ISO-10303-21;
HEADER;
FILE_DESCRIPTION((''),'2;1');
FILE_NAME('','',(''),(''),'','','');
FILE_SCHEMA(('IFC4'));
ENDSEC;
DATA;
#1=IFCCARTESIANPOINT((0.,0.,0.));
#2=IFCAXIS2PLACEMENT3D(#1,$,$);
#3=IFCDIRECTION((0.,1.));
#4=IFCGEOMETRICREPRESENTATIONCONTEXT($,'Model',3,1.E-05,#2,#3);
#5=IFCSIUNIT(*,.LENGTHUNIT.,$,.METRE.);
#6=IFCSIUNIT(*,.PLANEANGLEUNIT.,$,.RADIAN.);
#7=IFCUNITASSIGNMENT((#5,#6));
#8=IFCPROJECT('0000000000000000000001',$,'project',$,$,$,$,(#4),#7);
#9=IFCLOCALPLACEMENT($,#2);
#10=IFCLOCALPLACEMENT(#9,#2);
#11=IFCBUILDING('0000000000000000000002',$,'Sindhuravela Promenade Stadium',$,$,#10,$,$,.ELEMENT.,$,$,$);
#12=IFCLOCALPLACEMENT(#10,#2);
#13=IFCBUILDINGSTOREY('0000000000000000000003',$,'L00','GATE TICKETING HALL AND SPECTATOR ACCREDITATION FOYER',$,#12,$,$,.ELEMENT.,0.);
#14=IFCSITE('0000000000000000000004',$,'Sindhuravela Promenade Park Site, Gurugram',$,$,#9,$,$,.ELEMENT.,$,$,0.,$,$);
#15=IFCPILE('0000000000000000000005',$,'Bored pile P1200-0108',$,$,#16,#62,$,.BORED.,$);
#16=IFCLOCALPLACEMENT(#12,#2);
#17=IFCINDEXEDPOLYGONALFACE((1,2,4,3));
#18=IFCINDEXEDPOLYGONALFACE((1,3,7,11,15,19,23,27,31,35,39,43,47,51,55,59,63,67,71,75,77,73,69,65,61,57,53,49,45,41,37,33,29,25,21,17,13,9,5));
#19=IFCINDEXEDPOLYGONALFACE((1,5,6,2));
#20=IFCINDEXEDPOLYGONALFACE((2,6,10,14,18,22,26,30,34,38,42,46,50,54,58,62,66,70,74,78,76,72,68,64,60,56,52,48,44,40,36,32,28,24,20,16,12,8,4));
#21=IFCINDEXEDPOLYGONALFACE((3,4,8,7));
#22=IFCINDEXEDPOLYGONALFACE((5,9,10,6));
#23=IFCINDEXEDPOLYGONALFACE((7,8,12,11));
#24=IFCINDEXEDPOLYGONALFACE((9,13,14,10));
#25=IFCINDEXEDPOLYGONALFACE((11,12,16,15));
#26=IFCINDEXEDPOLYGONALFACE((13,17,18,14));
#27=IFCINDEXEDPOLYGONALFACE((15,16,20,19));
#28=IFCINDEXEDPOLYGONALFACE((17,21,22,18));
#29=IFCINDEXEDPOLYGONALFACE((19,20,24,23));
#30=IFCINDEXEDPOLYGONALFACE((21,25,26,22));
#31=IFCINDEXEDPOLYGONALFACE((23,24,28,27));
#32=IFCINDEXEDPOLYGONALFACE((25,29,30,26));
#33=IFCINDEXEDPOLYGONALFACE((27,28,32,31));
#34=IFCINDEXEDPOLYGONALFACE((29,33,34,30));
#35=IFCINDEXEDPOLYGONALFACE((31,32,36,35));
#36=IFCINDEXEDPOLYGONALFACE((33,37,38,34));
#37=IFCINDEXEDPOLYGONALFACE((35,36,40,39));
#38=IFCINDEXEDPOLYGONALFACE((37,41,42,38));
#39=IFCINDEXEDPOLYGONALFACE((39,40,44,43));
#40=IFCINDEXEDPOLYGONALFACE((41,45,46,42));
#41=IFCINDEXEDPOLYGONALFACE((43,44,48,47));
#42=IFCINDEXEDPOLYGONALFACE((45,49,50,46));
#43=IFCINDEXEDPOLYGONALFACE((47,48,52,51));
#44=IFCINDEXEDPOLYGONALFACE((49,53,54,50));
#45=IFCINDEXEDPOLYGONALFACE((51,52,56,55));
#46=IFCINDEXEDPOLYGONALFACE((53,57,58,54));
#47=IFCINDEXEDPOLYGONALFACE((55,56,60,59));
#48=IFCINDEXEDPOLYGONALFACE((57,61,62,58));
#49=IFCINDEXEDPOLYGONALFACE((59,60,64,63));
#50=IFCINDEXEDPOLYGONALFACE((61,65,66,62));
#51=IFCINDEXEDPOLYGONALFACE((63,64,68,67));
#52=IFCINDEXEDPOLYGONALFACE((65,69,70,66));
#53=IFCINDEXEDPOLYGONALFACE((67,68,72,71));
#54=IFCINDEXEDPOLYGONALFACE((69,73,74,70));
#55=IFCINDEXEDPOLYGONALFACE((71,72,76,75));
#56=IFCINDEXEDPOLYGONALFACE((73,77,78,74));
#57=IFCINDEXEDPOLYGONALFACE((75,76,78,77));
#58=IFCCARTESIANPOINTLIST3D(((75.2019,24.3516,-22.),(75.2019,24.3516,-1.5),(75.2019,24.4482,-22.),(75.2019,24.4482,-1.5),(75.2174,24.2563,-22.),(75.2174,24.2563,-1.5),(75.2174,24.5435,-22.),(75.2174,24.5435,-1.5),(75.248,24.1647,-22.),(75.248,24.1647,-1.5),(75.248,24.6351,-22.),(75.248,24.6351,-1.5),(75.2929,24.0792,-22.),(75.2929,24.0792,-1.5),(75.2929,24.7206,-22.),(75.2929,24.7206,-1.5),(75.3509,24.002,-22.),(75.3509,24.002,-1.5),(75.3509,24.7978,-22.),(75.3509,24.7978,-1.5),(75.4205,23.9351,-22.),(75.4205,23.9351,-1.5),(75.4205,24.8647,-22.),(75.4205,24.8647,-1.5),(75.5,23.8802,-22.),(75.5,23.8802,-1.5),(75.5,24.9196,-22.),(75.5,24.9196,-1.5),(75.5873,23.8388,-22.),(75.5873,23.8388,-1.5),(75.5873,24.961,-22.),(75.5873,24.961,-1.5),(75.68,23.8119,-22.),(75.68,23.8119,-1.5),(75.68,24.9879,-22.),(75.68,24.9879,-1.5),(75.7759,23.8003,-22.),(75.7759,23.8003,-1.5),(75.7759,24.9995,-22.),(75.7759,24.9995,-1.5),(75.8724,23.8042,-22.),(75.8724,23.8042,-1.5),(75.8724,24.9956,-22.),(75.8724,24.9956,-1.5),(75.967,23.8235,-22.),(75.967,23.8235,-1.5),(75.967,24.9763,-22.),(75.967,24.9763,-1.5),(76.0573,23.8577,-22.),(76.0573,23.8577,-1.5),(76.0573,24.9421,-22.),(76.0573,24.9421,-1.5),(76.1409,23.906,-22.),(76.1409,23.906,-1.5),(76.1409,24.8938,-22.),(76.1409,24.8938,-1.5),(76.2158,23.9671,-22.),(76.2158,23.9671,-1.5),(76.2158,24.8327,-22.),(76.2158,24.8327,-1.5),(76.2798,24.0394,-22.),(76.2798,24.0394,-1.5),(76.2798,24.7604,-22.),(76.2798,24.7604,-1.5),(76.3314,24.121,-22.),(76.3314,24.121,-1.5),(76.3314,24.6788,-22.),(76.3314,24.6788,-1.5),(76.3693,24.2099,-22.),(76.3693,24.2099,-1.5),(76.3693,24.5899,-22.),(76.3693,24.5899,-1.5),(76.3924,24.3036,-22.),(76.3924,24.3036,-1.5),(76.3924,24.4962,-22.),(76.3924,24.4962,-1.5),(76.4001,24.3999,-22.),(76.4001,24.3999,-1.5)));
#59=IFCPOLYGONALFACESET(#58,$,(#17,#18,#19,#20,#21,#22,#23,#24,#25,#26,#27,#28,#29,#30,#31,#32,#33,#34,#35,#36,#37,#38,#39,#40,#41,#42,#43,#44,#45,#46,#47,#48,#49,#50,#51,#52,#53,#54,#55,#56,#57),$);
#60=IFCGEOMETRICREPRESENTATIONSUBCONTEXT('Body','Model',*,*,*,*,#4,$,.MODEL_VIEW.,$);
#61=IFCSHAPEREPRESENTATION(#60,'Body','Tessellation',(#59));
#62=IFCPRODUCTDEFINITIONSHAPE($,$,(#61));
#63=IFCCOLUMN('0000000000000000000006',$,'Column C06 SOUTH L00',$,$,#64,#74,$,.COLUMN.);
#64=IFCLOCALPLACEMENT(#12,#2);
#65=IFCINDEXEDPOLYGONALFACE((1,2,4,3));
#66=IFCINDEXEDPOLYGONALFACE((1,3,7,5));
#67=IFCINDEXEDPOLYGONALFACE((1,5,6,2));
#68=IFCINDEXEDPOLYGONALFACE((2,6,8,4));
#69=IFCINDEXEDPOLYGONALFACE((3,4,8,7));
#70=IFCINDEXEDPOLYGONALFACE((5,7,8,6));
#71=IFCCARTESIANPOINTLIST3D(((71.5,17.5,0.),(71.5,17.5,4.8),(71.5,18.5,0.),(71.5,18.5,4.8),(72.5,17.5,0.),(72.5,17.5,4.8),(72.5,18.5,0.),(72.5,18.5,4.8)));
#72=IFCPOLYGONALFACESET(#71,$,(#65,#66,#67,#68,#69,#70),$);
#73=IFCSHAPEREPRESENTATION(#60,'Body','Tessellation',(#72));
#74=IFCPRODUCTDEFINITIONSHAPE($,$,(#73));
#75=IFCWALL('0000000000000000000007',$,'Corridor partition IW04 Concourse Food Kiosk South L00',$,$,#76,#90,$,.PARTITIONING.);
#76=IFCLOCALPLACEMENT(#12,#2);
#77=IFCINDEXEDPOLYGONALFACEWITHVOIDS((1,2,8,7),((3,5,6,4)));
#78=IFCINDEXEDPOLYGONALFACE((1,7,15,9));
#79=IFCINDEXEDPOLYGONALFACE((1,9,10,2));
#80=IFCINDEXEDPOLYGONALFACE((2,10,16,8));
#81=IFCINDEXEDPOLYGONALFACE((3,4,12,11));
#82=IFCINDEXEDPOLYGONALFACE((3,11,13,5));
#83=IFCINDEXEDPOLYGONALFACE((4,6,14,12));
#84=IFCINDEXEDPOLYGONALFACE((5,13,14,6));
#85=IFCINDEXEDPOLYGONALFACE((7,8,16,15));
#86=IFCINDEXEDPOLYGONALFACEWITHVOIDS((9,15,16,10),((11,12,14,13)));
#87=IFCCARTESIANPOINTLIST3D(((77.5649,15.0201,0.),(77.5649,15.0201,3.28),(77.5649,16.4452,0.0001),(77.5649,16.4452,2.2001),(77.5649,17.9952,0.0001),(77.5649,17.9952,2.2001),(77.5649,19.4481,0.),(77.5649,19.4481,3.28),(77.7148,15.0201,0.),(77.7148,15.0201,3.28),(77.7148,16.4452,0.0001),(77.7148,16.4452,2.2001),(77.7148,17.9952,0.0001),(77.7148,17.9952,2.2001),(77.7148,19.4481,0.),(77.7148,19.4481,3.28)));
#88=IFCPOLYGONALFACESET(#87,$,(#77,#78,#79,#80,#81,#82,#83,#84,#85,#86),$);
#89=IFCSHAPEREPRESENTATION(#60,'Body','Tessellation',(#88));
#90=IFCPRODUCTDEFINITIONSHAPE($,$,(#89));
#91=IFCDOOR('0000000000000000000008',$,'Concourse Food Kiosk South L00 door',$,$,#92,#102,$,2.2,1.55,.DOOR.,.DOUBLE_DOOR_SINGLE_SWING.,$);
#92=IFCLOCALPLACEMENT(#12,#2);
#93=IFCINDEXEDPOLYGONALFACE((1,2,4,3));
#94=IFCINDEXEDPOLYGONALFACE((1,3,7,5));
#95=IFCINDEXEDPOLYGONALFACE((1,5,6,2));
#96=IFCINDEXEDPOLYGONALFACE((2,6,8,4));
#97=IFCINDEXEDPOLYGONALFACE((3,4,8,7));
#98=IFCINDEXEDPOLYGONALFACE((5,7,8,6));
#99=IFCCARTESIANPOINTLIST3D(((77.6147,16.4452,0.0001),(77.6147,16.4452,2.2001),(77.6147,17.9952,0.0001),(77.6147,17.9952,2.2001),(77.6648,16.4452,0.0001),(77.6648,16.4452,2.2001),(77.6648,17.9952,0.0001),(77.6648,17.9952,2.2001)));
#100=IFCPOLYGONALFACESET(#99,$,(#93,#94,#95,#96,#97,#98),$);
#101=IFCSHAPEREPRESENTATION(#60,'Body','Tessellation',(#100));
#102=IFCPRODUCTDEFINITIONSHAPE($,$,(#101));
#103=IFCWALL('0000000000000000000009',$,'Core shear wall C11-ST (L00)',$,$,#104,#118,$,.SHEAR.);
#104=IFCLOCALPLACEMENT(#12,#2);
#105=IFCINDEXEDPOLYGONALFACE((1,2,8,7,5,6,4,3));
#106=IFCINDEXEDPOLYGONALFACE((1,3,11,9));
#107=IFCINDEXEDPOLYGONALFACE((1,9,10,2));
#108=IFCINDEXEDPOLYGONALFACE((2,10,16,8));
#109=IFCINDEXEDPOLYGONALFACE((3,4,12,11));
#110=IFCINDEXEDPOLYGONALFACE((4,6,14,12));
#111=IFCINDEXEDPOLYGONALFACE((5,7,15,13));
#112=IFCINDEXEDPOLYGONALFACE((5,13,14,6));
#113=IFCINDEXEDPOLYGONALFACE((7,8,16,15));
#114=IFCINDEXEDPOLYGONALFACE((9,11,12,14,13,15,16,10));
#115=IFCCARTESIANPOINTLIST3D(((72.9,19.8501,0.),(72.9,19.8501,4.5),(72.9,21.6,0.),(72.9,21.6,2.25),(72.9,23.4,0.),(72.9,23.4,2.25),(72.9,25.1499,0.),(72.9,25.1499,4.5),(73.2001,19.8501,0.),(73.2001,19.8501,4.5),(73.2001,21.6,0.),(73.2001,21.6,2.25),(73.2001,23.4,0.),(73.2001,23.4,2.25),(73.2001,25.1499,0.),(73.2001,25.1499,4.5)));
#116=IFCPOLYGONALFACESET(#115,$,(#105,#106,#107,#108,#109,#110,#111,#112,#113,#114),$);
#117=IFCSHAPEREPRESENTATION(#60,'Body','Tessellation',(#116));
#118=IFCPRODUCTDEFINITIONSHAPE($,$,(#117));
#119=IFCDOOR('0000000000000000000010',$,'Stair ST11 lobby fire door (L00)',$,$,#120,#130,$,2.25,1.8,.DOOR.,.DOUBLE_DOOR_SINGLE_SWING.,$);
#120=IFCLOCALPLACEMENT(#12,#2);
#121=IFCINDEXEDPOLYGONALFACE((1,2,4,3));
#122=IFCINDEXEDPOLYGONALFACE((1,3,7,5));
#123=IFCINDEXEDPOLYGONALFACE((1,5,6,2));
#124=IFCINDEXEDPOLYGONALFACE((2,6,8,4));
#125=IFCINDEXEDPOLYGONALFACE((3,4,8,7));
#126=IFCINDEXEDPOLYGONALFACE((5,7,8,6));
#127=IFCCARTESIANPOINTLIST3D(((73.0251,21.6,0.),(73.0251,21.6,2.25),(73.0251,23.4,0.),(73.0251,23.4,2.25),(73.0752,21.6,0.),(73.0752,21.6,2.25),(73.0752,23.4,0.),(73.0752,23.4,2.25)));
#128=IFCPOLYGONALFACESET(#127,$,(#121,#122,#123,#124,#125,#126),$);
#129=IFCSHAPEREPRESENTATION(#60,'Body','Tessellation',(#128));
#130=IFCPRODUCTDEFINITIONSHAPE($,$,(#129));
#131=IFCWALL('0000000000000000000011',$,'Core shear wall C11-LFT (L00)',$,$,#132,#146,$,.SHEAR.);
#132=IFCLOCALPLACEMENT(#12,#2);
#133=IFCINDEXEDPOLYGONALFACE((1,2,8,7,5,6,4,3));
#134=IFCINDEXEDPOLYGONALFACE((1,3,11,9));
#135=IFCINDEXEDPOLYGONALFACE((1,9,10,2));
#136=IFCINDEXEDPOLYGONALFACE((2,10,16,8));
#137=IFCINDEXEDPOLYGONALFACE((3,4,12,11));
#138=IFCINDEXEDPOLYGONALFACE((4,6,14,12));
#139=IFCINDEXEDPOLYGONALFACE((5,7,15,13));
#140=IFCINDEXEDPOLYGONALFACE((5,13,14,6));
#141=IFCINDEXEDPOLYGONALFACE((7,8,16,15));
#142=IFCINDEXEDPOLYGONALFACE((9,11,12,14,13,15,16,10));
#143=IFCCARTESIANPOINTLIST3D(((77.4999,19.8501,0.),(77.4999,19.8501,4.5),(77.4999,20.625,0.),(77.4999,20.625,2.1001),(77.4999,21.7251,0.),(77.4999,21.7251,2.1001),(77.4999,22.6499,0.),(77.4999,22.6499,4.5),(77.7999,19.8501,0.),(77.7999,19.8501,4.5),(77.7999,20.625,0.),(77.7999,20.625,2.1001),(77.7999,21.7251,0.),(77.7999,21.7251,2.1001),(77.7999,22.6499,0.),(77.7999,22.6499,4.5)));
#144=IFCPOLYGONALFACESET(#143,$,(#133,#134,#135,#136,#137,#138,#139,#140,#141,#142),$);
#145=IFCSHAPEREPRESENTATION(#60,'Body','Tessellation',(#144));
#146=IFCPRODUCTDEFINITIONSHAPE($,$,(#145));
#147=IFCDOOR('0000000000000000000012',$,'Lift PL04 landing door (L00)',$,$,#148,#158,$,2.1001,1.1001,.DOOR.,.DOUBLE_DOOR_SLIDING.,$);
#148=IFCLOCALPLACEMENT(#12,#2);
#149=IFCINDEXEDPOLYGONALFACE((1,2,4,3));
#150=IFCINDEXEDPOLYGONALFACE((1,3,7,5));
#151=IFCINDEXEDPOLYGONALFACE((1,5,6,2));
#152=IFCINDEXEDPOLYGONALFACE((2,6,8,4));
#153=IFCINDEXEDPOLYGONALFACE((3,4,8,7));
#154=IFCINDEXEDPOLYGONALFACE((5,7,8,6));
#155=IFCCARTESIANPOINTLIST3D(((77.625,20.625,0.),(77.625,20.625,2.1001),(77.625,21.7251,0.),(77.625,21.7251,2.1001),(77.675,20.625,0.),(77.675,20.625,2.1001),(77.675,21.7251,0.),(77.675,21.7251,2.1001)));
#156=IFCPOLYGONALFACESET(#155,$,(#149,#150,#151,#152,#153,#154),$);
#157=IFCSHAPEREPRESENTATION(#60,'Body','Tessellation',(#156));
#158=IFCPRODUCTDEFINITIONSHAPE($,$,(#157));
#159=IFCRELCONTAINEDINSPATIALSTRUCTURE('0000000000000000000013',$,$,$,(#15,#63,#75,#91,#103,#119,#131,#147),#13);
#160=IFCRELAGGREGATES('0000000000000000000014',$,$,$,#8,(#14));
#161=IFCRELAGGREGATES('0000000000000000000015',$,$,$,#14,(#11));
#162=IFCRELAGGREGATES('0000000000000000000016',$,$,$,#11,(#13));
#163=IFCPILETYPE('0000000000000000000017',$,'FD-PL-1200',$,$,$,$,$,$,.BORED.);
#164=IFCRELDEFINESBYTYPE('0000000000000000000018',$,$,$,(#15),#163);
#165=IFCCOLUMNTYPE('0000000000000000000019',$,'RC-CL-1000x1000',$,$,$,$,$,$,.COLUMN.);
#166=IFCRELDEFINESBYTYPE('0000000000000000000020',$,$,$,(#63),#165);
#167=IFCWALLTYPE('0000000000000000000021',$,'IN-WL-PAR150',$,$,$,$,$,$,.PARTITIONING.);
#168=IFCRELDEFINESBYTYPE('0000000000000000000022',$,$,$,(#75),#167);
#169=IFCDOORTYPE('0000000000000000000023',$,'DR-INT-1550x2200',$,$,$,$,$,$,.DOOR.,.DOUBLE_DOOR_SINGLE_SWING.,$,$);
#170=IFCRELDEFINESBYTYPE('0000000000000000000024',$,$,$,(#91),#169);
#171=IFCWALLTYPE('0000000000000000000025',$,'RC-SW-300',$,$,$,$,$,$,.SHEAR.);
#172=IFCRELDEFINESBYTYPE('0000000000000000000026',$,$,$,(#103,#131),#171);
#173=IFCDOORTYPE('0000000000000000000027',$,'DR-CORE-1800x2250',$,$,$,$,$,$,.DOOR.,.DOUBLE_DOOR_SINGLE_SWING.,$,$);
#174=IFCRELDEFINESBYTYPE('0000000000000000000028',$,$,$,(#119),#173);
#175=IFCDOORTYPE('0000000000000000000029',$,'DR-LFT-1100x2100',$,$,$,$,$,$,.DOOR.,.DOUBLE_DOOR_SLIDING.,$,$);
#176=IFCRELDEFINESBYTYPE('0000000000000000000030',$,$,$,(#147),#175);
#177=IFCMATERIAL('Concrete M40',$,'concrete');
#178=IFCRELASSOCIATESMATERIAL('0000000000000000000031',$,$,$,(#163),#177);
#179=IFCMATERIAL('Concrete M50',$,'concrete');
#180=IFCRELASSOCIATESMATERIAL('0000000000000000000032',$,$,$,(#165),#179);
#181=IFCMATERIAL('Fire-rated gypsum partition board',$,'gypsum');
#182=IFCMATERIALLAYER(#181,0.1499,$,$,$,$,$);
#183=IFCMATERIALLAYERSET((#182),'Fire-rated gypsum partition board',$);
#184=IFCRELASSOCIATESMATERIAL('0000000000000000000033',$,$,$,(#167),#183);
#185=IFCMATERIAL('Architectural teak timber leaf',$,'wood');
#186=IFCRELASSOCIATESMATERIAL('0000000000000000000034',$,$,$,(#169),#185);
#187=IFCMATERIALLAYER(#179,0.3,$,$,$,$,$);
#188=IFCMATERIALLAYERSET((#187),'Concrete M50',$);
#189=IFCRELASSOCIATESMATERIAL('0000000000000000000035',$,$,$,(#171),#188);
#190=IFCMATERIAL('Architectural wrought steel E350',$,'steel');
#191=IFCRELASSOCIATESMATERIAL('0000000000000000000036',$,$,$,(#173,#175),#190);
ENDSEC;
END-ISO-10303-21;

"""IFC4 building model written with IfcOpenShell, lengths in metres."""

from ifc_helpers import new_model, si_unit, direction, frame, frame_2d, origin, origin_2d, place, context, subcontext, project, spatial, rectangle, circle, extrude, material, layer, layer_set, material_profile, profile_set, type_object, element, fill, save


model = new_model("IFC4")

# Units and contexts
model_context = context("Model", 3, precision=1e-05, world=origin(), true_north=direction((0.0, 1.0)))
body_context = subcontext(model_context, "Body", "Model", "MODEL_VIEW")
ifc_project = project(units=[si_unit("LENGTHUNIT", "METRE"), si_unit("PLANEANGLEUNIT", "RADIAN")], contexts=[model_context])

# Site, building, storey
site_placement = place(None, origin())
site = spatial("IfcSite", under=ifc_project, at=site_placement, Name="Sindhuravela Promenade Park Site, Gurugram", CompositionType="ELEMENT", RefElevation=0.0)
building_placement = place(site_placement, origin())
building = spatial("IfcBuilding", under=site, at=building_placement, Name="Sindhuravela Promenade Stadium", CompositionType="ELEMENT")
storey_placement = place(building_placement, origin())
storey = spatial("IfcBuildingStorey", under=building, at=storey_placement, Name="L00", Description="GATE TICKETING HALL AND SPECTATOR ACCREDITATION FOYER", CompositionType="ELEMENT", Elevation=0.0)

# Shared definitions
ifc_material_1 = material(Name="Concrete M50", Category="concrete")

# Pile
ifc_material_2 = material(Name="Concrete M40", Category="concrete")
ifc_material_profile_1 = material_profile(ifc_material_2, circle(Radius=0.6001, at=origin_2d()), Name="BORED PILE D1200")
ifc_profile_set_1 = profile_set([ifc_material_profile_1], Name="Concrete M40")
pile_type = type_object("IfcPileType", Name="FD-PL-1200", PredefinedType="BORED", material=ifc_profile_set_1)
for number, where, z_axis, x_axis, name in (
    (1, (75.8, 24.3999, -1.5), (0.0, 0.0, -1.0), (1.0, 0.0, 0.0), "Bored pile P1200-0108"),
):
    element("IfcPile", number, at=place(storey_placement, frame(where, z_axis=z_axis, x_axis=x_axis)), inside=storey, type_object=pile_type, Name=name, PredefinedType="BORED", context=body_context, shape_type="SweptSolid", body=[
        extrude(circle(Radius=0.6001, at=origin_2d()), origin(), (0.0, 0.0, 1.0), 20.5),
    ])

# Column
ifc_material_profile_2 = material_profile(ifc_material_1, rectangle(XDim=1.0, YDim=1.0, at=origin_2d()), Name="RC 1000x1000")
ifc_profile_set_2 = profile_set([ifc_material_profile_2], Name="Concrete M50")
column_type = type_object("IfcColumnType", Name="RC-CL-1000x1000", PredefinedType="COLUMN", material=ifc_profile_set_2)
column_placement = place(storey_placement, frame((72.0, 18.0, 0.0), z_axis=(0.0, 0.0, 1.0), x_axis=(1.0, 0.0, 0.0)))
element("IfcColumn", 2, at=column_placement, inside=storey, type_object=column_type, Name="Column C06 SOUTH L00", PredefinedType="COLUMN", context=body_context, shape_type="SweptSolid", body=[
    extrude(rectangle(XDim=1.0, YDim=1.0, at=origin_2d()), origin(), (0.0, 0.0, 1.0), 4.8),
])

# Walls, openings, doors
ifc_material_3 = material(Name="Fire-rated gypsum partition board", Category="gypsum")
ifc_layer_1 = layer(ifc_material_3, 0.1499)
ifc_layer_set_1 = layer_set([ifc_layer_1], Name="Fire-rated gypsum partition board")
wall_type_1 = type_object("IfcWallType", Name="IN-WL-PAR150", PredefinedType="PARTITIONING", material=ifc_layer_set_1)
wall_1_placement = place(storey_placement, frame((77.6399, 19.448, 0.0), z_axis=(0.0, 0.0, 1.0), x_axis=(0.0, -1.0, 0.0)))
wall_1 = element("IfcWall", 3, at=wall_1_placement, inside=storey, type_object=wall_type_1, Name="Corridor partition IW04 Concourse Food Kiosk South L00", PredefinedType="PARTITIONING", context=body_context, shape_type="SweptSolid", body=[
    extrude(rectangle(XDim=4.428, YDim=0.1499, at=frame_2d((2.2139, 0.0))), origin(), (0.0, 0.0, 1.0), 3.28),
])
opening_1_placement = place(wall_1_placement, frame((1.4529, 0.0, 0.0)))
opening_1 = element("IfcOpeningElement", 4, at=opening_1_placement, cuts=wall_1, PredefinedType="OPENING", context=body_context, shape_type="SweptSolid", body=[
    extrude(rectangle(XDim=1.55, YDim=2.2, at=frame_2d((0.7749, 1.1001))), frame((0.0, 0.085, 0.0), z_axis=(0.0, -1.0, 0.0), x_axis=(1.0, 0.0, 0.0)), (0.0, 0.0, 1.0), 0.1699),
])
ifc_material_4 = material(Name="Architectural teak timber leaf", Category="wood")
door_type_1 = type_object("IfcDoorType", Name="DR-INT-1550x2200", OperationType="DOUBLE_DOOR_SINGLE_SWING", PredefinedType="DOOR", material=ifc_material_4)
door_1_placement = place(opening_1_placement, origin())
door_1 = element("IfcDoor", 5, at=door_1_placement, inside=storey, type_object=door_type_1, Name="Concourse Food Kiosk South L00 door", OperationType="DOUBLE_DOOR_SINGLE_SWING", OverallHeight=2.2, OverallWidth=1.55, PredefinedType="DOOR", context=body_context, shape_type="SweptSolid", body=[
    extrude(rectangle(XDim=1.55, YDim=2.2, at=frame_2d((0.7749, 1.1001))), frame((0.0, 0.0249, 0.0), z_axis=(0.0, -1.0, 0.0), x_axis=(1.0, 0.0, 0.0)), (0.0, 0.0, 1.0), 0.05),
])
fill(opening_1, door_1)
ifc_layer_2 = layer(ifc_material_1, 0.3)
ifc_layer_set_2 = layer_set([ifc_layer_2], Name="Concrete M50")
wall_type_2 = type_object("IfcWallType", Name="RC-SW-300", PredefinedType="SHEAR", material=ifc_layer_set_2)
wall_2_placement = place(storey_placement, frame((73.05, 19.8501, 0.0), z_axis=(0.0, 0.0, 1.0), x_axis=(0.0, 1.0, 0.0)))
wall_2 = element("IfcWall", 6, at=wall_2_placement, inside=storey, type_object=wall_type_2, Name="Core shear wall C11-ST (L00)", PredefinedType="SHEAR", context=body_context, shape_type="SweptSolid", body=[
    extrude(rectangle(XDim=5.2998, YDim=0.3, at=frame_2d((2.6499, 0.0))), origin(), (0.0, 0.0, 1.0), 4.5),
])
opening_2_placement = place(wall_2_placement, frame((1.75, 0.0, 0.0)))
opening_2 = element("IfcOpeningElement", 7, at=opening_2_placement, cuts=wall_2, PredefinedType="OPENING", context=body_context, shape_type="SweptSolid", body=[
    extrude(rectangle(XDim=1.8, YDim=2.25, at=frame_2d((0.8999, 1.125))), frame((0.0, 0.1599, 0.0), z_axis=(0.0, -1.0, 0.0), x_axis=(1.0, 0.0, 0.0)), (0.0, 0.0, 1.0), 0.3201),
])
ifc_material_5 = material(Name="Architectural wrought steel E350", Category="steel")
door_type_2 = type_object("IfcDoorType", Name="DR-CORE-1800x2250", OperationType="DOUBLE_DOOR_SINGLE_SWING", PredefinedType="DOOR", material=ifc_material_5)
door_2_placement = place(opening_2_placement, origin())
door_2 = element("IfcDoor", 8, at=door_2_placement, inside=storey, type_object=door_type_2, Name="Stair ST11 lobby fire door (L00)", OperationType="DOUBLE_DOOR_SINGLE_SWING", OverallHeight=2.25, OverallWidth=1.8, PredefinedType="DOOR", context=body_context, shape_type="SweptSolid", body=[
    extrude(rectangle(XDim=1.8, YDim=2.25, at=frame_2d((0.8999, 1.125))), frame((0.0, 0.0249, 0.0), z_axis=(0.0, -1.0, 0.0), x_axis=(1.0, 0.0, 0.0)), (0.0, 0.0, 1.0), 0.05),
])
fill(opening_2, door_2)
wall_3_placement = place(storey_placement, frame((77.6499, 19.8501, 0.0), z_axis=(0.0, 0.0, 1.0), x_axis=(0.0, 1.0, 0.0)))
wall_3 = element("IfcWall", 9, at=wall_3_placement, inside=storey, type_object=wall_type_2, Name="Core shear wall C11-LFT (L00)", PredefinedType="SHEAR", context=body_context, shape_type="SweptSolid", body=[
    extrude(rectangle(XDim=2.7998, YDim=0.3, at=frame_2d((1.3999, 0.0))), origin(), (0.0, 0.0, 1.0), 4.5),
])
opening_3_placement = place(wall_3_placement, frame((0.7749, 0.0, 0.0)))
opening_3 = element("IfcOpeningElement", 10, at=opening_3_placement, cuts=wall_3, PredefinedType="OPENING", context=body_context, shape_type="SweptSolid", body=[
    extrude(rectangle(XDim=1.1001, YDim=2.1001, at=frame_2d((0.55, 1.05))), frame((0.0, 0.1599, 0.0), z_axis=(0.0, -1.0, 0.0), x_axis=(1.0, 0.0, 0.0)), (0.0, 0.0, 1.0), 0.3201),
])
door_type_3 = type_object("IfcDoorType", Name="DR-LFT-1100x2100", OperationType="DOUBLE_DOOR_SLIDING", PredefinedType="DOOR", material=ifc_material_5)
door_3_placement = place(opening_3_placement, origin())
door_3 = element("IfcDoor", 11, at=door_3_placement, inside=storey, type_object=door_type_3, Name="Lift PL04 landing door (L00)", OperationType="DOUBLE_DOOR_SLIDING", OverallHeight=2.1001, OverallWidth=1.1001, PredefinedType="DOOR", context=body_context, shape_type="SweptSolid", body=[
    extrude(rectangle(XDim=1.1001, YDim=2.1001, at=frame_2d((0.55, 1.05))), frame((0.0, 0.0249, 0.0), z_axis=(0.0, -1.0, 0.0), x_axis=(1.0, 0.0, 0.0)), (0.0, 0.0, 1.0), 0.05),
])
fill(opening_3, door_3)

save(model, "model.ifc")
